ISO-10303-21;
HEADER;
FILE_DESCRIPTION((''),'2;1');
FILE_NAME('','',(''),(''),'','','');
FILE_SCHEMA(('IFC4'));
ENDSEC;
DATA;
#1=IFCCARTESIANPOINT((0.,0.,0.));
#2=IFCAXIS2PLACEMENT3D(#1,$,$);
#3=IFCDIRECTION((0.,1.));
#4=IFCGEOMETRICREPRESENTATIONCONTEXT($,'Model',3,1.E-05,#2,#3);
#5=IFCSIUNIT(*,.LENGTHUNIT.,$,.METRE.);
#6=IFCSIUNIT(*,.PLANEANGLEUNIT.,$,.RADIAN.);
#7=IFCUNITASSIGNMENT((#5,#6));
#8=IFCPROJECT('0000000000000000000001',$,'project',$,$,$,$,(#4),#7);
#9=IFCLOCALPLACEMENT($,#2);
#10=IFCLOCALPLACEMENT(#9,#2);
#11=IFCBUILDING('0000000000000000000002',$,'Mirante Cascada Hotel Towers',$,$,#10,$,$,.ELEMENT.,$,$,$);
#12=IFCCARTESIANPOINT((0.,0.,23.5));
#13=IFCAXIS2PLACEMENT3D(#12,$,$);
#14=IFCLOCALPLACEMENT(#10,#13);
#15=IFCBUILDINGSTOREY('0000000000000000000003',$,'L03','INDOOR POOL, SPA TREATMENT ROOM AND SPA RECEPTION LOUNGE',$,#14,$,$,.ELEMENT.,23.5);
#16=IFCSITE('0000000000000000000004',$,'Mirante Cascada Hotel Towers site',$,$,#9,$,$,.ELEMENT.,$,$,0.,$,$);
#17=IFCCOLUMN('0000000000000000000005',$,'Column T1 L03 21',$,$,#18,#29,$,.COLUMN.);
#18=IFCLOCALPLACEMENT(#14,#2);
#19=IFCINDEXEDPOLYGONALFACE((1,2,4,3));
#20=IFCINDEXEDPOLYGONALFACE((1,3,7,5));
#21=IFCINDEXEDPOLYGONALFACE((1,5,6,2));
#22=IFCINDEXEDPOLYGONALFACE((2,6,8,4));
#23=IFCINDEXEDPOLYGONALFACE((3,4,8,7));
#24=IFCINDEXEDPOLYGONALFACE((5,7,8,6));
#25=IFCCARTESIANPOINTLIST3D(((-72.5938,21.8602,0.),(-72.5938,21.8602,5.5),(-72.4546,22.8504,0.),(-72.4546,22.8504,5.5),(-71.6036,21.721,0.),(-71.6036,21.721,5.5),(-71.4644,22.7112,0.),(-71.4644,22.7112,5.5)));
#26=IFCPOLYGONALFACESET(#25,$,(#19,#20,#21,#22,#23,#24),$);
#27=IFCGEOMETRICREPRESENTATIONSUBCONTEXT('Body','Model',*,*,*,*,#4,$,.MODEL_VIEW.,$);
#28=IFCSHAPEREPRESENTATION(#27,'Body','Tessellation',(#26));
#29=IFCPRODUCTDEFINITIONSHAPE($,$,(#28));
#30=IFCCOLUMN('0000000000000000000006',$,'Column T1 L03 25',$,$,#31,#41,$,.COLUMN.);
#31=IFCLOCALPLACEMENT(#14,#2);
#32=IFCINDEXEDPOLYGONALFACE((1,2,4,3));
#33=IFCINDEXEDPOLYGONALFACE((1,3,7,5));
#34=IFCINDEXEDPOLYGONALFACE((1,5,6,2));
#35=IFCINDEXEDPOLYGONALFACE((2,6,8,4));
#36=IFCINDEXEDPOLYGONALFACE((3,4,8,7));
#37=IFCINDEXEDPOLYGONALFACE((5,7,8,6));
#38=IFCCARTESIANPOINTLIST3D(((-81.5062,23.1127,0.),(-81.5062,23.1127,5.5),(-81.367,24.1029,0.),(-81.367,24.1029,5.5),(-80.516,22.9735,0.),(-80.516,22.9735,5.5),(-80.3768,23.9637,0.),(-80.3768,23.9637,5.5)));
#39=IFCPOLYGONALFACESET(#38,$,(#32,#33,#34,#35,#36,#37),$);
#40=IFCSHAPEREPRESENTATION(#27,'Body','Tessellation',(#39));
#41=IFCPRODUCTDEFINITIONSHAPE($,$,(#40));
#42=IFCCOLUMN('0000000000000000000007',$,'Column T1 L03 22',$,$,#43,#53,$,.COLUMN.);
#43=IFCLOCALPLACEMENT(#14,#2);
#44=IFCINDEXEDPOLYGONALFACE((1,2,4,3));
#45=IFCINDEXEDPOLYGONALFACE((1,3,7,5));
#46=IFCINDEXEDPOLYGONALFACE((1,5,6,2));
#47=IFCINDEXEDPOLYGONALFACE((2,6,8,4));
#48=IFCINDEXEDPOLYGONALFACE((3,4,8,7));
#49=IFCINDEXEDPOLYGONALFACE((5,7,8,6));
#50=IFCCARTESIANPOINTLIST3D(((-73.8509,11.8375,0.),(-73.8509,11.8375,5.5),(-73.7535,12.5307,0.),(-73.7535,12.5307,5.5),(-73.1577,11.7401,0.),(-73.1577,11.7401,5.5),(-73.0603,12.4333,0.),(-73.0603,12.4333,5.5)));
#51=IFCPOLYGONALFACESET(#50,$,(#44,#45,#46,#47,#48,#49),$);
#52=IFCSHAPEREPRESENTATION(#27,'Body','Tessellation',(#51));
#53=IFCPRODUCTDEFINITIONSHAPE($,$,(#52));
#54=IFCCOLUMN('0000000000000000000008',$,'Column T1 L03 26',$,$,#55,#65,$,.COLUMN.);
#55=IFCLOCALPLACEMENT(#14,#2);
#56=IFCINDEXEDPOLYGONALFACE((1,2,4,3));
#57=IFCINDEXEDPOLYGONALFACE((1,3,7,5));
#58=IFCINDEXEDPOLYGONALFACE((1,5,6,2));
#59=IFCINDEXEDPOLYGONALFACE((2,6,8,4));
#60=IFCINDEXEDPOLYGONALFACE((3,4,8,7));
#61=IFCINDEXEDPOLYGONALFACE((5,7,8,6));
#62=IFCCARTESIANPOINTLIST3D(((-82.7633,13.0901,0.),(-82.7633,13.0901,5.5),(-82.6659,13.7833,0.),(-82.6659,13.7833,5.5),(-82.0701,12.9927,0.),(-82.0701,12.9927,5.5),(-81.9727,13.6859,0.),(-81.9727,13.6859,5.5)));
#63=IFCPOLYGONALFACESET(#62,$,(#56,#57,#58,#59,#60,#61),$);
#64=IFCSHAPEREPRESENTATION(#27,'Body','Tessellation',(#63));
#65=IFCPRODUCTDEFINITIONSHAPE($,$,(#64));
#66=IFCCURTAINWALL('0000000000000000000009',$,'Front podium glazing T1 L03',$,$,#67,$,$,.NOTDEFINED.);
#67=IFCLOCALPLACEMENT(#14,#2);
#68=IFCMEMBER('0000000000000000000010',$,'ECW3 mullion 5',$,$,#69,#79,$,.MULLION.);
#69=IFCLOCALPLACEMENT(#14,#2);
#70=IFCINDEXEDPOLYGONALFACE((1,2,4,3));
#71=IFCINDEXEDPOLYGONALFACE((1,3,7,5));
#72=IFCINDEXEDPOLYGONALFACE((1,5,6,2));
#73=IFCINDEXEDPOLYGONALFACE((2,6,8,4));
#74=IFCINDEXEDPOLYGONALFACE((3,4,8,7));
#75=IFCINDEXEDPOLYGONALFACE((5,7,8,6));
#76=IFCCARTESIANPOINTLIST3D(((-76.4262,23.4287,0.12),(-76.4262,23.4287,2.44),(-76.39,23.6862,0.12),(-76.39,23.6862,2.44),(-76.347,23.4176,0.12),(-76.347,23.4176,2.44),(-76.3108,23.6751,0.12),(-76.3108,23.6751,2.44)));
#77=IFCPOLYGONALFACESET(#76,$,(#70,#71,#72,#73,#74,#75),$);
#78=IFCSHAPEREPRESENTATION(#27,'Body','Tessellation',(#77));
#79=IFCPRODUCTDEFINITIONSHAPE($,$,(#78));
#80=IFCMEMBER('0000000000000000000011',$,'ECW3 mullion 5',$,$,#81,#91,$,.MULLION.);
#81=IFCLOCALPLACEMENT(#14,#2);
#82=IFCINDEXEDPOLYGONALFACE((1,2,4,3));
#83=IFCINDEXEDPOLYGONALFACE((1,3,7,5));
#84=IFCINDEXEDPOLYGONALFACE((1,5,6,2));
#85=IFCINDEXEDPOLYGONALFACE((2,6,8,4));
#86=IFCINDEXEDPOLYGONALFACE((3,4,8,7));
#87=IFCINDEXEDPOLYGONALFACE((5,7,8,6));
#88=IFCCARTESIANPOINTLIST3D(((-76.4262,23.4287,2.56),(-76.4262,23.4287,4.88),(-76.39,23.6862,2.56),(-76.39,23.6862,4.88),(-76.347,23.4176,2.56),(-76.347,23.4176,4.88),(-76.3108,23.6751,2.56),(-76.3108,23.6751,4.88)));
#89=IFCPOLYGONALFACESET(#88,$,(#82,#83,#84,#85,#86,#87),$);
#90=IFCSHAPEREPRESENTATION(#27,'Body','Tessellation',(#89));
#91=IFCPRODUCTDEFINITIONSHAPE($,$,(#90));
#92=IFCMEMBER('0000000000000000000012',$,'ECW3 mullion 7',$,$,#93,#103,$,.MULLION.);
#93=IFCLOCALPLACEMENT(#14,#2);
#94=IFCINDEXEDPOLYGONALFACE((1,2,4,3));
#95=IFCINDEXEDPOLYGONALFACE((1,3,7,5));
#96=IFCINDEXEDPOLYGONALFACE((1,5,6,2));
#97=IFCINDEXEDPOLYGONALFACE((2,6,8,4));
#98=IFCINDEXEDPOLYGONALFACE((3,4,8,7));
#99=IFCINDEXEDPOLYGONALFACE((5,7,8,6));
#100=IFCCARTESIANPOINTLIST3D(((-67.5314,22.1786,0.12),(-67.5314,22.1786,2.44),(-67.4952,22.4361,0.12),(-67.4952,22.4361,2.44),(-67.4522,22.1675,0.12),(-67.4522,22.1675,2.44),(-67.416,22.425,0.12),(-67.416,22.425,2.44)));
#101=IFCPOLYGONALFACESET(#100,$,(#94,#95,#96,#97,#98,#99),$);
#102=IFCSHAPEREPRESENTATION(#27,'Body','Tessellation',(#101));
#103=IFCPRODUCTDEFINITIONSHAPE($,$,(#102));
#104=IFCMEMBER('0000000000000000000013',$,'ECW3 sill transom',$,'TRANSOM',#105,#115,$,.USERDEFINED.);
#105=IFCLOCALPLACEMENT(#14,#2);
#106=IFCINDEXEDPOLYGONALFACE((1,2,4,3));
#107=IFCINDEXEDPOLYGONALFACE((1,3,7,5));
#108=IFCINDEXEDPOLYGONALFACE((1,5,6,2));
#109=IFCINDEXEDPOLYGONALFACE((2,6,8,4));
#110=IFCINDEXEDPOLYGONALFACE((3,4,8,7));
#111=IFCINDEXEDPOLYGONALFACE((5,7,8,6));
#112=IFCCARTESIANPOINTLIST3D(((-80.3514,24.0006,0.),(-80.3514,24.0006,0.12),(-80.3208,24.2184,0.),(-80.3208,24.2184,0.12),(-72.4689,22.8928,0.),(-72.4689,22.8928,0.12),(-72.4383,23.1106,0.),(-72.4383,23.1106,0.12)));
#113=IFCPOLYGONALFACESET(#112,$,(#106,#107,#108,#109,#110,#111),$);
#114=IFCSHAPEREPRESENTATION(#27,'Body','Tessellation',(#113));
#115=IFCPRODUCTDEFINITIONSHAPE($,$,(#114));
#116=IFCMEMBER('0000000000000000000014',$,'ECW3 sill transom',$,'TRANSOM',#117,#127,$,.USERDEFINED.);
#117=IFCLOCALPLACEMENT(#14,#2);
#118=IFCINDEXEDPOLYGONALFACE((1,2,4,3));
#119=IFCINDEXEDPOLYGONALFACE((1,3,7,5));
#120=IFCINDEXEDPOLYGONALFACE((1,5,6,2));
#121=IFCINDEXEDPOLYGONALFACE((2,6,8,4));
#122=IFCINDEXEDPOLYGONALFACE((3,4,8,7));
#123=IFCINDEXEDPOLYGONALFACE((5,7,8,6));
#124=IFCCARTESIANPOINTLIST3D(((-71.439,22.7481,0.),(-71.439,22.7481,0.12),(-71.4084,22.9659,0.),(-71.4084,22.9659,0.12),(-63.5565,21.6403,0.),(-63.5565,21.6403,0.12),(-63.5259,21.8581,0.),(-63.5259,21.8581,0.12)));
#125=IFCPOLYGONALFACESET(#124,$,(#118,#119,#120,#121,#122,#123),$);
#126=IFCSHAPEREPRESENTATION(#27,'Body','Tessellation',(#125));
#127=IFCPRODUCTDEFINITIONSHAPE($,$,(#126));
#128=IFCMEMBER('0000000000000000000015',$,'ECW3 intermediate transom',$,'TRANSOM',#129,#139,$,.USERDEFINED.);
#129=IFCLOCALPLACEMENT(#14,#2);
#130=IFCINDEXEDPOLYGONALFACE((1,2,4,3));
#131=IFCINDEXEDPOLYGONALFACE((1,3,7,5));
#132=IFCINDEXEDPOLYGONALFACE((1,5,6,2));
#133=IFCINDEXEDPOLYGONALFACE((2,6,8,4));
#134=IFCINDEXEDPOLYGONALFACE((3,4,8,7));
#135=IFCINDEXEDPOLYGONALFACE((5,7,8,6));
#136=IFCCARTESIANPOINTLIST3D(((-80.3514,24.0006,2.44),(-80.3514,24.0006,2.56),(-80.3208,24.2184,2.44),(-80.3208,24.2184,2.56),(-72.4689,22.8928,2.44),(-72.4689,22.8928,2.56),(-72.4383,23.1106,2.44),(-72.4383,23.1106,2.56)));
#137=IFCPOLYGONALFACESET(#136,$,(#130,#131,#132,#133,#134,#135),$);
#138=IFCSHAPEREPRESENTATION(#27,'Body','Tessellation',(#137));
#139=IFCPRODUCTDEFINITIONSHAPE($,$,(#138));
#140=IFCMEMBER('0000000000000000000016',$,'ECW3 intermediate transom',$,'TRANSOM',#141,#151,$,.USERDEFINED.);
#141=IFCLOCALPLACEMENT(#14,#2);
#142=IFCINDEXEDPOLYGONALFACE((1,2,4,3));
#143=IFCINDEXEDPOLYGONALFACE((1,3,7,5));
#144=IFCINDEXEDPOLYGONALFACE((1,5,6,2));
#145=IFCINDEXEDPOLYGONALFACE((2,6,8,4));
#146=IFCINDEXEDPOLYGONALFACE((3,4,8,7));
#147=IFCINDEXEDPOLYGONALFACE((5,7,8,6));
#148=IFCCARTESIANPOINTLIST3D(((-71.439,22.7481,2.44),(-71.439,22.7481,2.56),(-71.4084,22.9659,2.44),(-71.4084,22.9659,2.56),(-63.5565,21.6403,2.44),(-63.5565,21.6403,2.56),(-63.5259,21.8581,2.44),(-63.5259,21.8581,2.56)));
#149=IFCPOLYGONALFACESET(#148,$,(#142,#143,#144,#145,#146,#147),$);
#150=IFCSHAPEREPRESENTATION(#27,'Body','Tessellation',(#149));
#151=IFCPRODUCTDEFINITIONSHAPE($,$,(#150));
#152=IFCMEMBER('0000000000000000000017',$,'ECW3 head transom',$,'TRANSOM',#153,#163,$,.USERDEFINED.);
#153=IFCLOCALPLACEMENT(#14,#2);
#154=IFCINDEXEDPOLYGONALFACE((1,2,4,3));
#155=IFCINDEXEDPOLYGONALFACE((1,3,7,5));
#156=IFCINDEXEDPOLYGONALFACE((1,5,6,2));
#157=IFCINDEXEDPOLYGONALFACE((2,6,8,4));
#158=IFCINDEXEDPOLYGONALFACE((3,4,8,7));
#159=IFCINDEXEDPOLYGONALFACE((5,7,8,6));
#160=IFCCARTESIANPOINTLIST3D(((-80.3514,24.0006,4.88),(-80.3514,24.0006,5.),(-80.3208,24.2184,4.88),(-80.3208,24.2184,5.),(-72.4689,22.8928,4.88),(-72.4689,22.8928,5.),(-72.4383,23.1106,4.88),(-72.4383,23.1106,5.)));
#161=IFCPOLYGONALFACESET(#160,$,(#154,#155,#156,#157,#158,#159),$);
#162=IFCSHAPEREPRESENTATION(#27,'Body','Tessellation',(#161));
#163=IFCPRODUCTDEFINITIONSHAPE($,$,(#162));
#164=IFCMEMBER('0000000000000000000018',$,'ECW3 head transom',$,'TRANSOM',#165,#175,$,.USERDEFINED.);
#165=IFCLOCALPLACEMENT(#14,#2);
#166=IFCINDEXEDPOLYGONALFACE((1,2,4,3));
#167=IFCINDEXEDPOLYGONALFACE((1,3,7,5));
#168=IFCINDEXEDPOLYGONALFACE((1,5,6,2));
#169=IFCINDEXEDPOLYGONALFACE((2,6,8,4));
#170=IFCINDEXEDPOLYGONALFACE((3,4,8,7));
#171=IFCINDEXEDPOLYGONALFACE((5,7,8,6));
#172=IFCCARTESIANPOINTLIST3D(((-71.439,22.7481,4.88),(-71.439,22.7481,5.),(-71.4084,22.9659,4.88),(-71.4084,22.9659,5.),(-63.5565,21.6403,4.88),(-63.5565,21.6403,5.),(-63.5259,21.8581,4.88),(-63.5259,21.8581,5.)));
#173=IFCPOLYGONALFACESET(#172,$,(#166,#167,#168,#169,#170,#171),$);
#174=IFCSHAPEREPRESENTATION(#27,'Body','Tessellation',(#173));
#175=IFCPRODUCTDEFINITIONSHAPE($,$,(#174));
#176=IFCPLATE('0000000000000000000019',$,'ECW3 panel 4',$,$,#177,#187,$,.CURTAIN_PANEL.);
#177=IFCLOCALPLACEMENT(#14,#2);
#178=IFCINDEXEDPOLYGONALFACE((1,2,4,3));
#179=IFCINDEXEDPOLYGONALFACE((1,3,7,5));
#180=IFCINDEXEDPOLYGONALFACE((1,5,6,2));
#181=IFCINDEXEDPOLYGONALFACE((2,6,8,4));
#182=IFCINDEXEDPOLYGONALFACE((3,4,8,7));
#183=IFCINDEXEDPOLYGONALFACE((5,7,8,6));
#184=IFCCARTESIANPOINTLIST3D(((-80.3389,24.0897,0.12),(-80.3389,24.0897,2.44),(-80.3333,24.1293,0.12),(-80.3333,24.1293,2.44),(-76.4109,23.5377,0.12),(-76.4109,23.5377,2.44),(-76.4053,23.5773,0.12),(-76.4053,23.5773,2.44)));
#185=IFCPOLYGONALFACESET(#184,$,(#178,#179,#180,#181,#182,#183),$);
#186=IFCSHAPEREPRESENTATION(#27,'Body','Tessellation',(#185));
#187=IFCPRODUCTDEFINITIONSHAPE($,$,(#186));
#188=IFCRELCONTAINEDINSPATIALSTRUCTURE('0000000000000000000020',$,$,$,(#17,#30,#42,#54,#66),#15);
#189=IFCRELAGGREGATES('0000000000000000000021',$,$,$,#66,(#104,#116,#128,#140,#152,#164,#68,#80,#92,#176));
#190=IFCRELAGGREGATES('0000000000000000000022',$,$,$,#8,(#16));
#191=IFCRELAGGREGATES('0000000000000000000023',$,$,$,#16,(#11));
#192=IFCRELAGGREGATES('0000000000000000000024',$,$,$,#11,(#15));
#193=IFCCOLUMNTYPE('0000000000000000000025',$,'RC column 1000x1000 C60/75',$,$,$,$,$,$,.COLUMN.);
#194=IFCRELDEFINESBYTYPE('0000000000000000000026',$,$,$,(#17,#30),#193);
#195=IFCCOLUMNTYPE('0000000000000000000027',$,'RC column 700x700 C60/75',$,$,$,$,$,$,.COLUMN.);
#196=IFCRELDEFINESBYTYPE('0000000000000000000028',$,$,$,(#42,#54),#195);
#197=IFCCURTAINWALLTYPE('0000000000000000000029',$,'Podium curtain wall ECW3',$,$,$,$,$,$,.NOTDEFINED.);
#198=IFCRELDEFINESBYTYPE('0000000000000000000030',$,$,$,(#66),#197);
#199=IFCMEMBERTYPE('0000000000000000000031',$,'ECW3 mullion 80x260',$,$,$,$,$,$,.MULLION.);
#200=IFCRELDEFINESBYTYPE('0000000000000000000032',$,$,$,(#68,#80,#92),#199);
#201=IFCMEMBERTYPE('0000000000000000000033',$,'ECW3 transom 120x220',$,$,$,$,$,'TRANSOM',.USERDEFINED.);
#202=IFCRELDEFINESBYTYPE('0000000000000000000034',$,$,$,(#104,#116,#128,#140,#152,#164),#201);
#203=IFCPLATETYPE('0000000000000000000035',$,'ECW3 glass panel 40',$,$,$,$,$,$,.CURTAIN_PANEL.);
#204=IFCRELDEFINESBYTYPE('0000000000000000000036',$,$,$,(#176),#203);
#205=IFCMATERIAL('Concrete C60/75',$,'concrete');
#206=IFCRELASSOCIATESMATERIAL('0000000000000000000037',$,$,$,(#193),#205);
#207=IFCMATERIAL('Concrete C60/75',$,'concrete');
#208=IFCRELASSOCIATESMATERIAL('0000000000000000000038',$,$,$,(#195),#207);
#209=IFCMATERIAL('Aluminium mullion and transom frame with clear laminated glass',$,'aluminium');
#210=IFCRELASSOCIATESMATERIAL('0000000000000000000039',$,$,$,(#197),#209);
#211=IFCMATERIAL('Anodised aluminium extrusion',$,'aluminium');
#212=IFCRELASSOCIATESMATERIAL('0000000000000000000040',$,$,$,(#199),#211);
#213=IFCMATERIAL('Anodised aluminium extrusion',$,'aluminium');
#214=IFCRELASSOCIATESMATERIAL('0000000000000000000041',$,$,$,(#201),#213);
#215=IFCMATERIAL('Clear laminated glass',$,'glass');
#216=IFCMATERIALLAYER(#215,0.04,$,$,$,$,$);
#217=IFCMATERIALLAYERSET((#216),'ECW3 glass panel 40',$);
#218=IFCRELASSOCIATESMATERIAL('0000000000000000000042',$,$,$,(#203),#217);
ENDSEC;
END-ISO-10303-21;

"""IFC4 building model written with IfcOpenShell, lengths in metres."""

from ifc_helpers import new_model, si_unit, direction, frame, origin, origin_2d, place, context, subcontext, project, spatial, rectangle, extrude, material, layer, layer_set, material_profile, profile_set, type_object, element, aggregate, save


model = new_model("IFC4")

# Units and contexts
model_context = context("Model", 3, precision=1e-05, world=origin(), true_north=direction((0.0, 1.0)))
body_context = subcontext(model_context, "Body", "Model", "MODEL_VIEW")
ifc_project = project(units=[si_unit("LENGTHUNIT", "METRE"), si_unit("PLANEANGLEUNIT", "RADIAN")], contexts=[model_context])

# Site, building, storey
site_placement = place(None, origin())
site = spatial("IfcSite", under=ifc_project, at=site_placement, Name="Mirante Cascada Hotel Towers site", CompositionType="ELEMENT", RefElevation=0.0)
building_placement = place(site_placement, origin())
building = spatial("IfcBuilding", under=site, at=building_placement, Name="Mirante Cascada Hotel Towers", CompositionType="ELEMENT")
storey_placement = place(building_placement, frame((0.0, 0.0, 23.5)))
storey = spatial("IfcBuildingStorey", under=building, at=storey_placement, Name="L03", Description="INDOOR POOL, SPA TREATMENT ROOM AND SPA RECEPTION LOUNGE", CompositionType="ELEMENT", Elevation=23.5)

# Columns
ifc_material_1 = material(Name="Concrete C60/75", Category="concrete")
ifc_material_profile_1 = material_profile(ifc_material_1, rectangle(XDim=1.0, YDim=1.0, at=origin_2d()), Name="RC column 1000x1000 C60/75")
ifc_profile_set_1 = profile_set([ifc_material_profile_1], Name="Concrete C60/75")
column_type_1 = type_object("IfcColumnType", Name="RC column 1000x1000 C60/75", PredefinedType="COLUMN", material=ifc_profile_set_1)
for number, where, z_axis, x_axis, name in (
    (1, (-72.0291, 22.2857, 0.0), (0.0, 0.0, 1.0), (-0.990268, 0.139173, 0.0), "Column T1 L03 21"),
    (2, (-80.9415, 23.5382, 0.0), (0.0, 0.0, 1.0), (-0.990268, 0.139173, 0.0), "Column T1 L03 25"),
):
    element("IfcColumn", number, at=place(storey_placement, frame(where, z_axis=z_axis, x_axis=x_axis)), inside=storey, type_object=column_type_1, Name=name, PredefinedType="COLUMN", context=body_context, shape_type="SweptSolid", body=[
        extrude(rectangle(XDim=1.0, YDim=1.0, at=origin_2d()), origin(), (0.0, 0.0, 1.0), 5.5),
    ])
ifc_material_2 = material(Name="Concrete C60/75", Category="concrete")
ifc_material_profile_2 = material_profile(ifc_material_2, rectangle(XDim=0.7, YDim=0.7, at=origin_2d()), Name="RC column 700x700 C60/75")
ifc_profile_set_2 = profile_set([ifc_material_profile_2], Name="Concrete C60/75")
column_type_2 = type_object("IfcColumnType", Name="RC column 700x700 C60/75", PredefinedType="COLUMN", material=ifc_profile_set_2)
for number, where, z_axis, x_axis, name in (
    (3, (-73.4556, 12.1354, 0.0), (0.0, 0.0, 1.0), (-0.990268, 0.139173, 0.0), "Column T1 L03 22"),
    (4, (-82.368, 13.388, 0.0), (0.0, 0.0, 1.0), (-0.990268, 0.139173, 0.0), "Column T1 L03 26"),
):
    element("IfcColumn", number, at=place(storey_placement, frame(where, z_axis=z_axis, x_axis=x_axis)), inside=storey, type_object=column_type_2, Name=name, PredefinedType="COLUMN", context=body_context, shape_type="SweptSolid", body=[
        extrude(rectangle(XDim=0.7, YDim=0.7, at=origin_2d()), origin(), (0.0, 0.0, 1.0), 5.5),
    ])

# Curtain wall, members, plate
ifc_material_3 = material(Name="Aluminium mullion and transom frame with clear laminated glass", Category="aluminium")
curtain_wall_type = type_object("IfcCurtainWallType", Name="Podium curtain wall ECW3", PredefinedType="NOTDEFINED", material=ifc_material_3)
curtain_wall_placement = place(storey_placement, origin())
curtain_wall = element("IfcCurtainWall", 5, at=curtain_wall_placement, inside=storey, type_object=curtain_wall_type, Name="Front podium glazing T1 L03", PredefinedType="NOTDEFINED")
ifc_material_4 = material(Name="Anodised aluminium extrusion", Category="aluminium")
ifc_material_profile_3 = material_profile(ifc_material_4, rectangle(XDim=0.26, YDim=0.08, at=origin_2d()), Name="ECW3 MULLION 80x260")
ifc_profile_set_3 = profile_set([ifc_material_profile_3], Name="Anodised aluminium extrusion")
member_type_1 = type_object("IfcMemberType", Name="ECW3 mullion 80x260", PredefinedType="MULLION", material=ifc_profile_set_3)
member_1_placement = place(storey_placement, frame((-76.3685, 23.5519, 0.12), z_axis=(0.0, 0.0, 1.0), x_axis=(0.139173, 0.990268, 0.0)))
member_1 = element("IfcMember", 6, at=member_1_placement, type_object=member_type_1, Name="ECW3 mullion 5", PredefinedType="MULLION", context=body_context, shape_type="SweptSolid", body=[
    extrude(rectangle(XDim=0.26, YDim=0.08, at=origin_2d()), origin(), (0.0, 0.0, 1.0), 2.32),
])
member_2_placement = place(storey_placement, frame((-76.3685, 23.5519, 2.56), z_axis=(0.0, 0.0, 1.0), x_axis=(0.139173, 0.990268, 0.0)))
member_2 = element("IfcMember", 7, at=member_2_placement, type_object=member_type_1, Name="ECW3 mullion 5", PredefinedType="MULLION", context=body_context, shape_type="SweptSolid", body=[
    extrude(rectangle(XDim=0.26, YDim=0.08, at=origin_2d()), origin(), (0.0, 0.0, 1.0), 2.32),
])
member_3_placement = place(storey_placement, frame((-67.4737, 22.3018, 0.12), z_axis=(0.0, 0.0, 1.0), x_axis=(0.139173, 0.990268, 0.0)))
member_3 = element("IfcMember", 8, at=member_3_placement, type_object=member_type_1, Name="ECW3 mullion 7", PredefinedType="MULLION", context=body_context, shape_type="SweptSolid", body=[
    extrude(rectangle(XDim=0.26, YDim=0.08, at=origin_2d()), origin(), (0.0, 0.0, 1.0), 2.32),
])
ifc_material_5 = material(Name="Anodised aluminium extrusion", Category="aluminium")
ifc_material_profile_4 = material_profile(ifc_material_5, rectangle(XDim=0.22, YDim=0.12, at=origin_2d()), Name="ECW3 TRANSOM 120x220")
ifc_profile_set_4 = profile_set([ifc_material_profile_4], Name="Anodised aluminium extrusion")
member_type_2 = type_object("IfcMemberType", Name="ECW3 transom 120x220", ElementType="TRANSOM", PredefinedType="USERDEFINED", material=ifc_profile_set_4)
member_4_placement = place(storey_placement, frame((-80.3361, 24.1095, 0.06), z_axis=(0.990268, -0.139172, 0.0), x_axis=(0.139172, 0.990268, 0.0)))
member_4 = element("IfcMember", 9, at=member_4_placement, type_object=member_type_2, Name="ECW3 sill transom", ObjectType="TRANSOM", PredefinedType="USERDEFINED", context=body_context, shape_type="SweptSolid", body=[
    extrude(rectangle(XDim=0.22, YDim=0.12, at=origin_2d()), origin(), (0.0, 0.0, 1.0), 7.96),
])
member_5_placement = place(storey_placement, frame((-71.4237, 22.857, 0.06), z_axis=(0.990268, -0.139172, 0.0), x_axis=(0.139172, 0.990268, 0.0)))
member_5 = element("IfcMember", 10, at=member_5_placement, type_object=member_type_2, Name="ECW3 sill transom", ObjectType="TRANSOM", PredefinedType="USERDEFINED", context=body_context, shape_type="SweptSolid", body=[
    extrude(rectangle(XDim=0.22, YDim=0.12, at=origin_2d()), origin(), (0.0, 0.0, 1.0), 7.96),
])
member_6_placement = place(storey_placement, frame((-80.3361, 24.1095, 2.5), z_axis=(0.990268, -0.139172, 0.0), x_axis=(0.139172, 0.990268, 0.0)))
member_6 = element("IfcMember", 11, at=member_6_placement, type_object=member_type_2, Name="ECW3 intermediate transom", ObjectType="TRANSOM", PredefinedType="USERDEFINED", context=body_context, shape_type="SweptSolid", body=[
    extrude(rectangle(XDim=0.22, YDim=0.12, at=origin_2d()), origin(), (0.0, 0.0, 1.0), 7.96),
])
member_7_placement = place(storey_placement, frame((-71.4237, 22.857, 2.5), z_axis=(0.990268, -0.139172, 0.0), x_axis=(0.139172, 0.990268, 0.0)))
member_7 = element("IfcMember", 12, at=member_7_placement, type_object=member_type_2, Name="ECW3 intermediate transom", ObjectType="TRANSOM", PredefinedType="USERDEFINED", context=body_context, shape_type="SweptSolid", body=[
    extrude(rectangle(XDim=0.22, YDim=0.12, at=origin_2d()), origin(), (0.0, 0.0, 1.0), 7.96),
])
member_8_placement = place(storey_placement, frame((-80.3361, 24.1095, 4.94), z_axis=(0.990268, -0.139172, 0.0), x_axis=(0.139172, 0.990268, 0.0)))
member_8 = element("IfcMember", 13, at=member_8_placement, type_object=member_type_2, Name="ECW3 head transom", ObjectType="TRANSOM", PredefinedType="USERDEFINED", context=body_context, shape_type="SweptSolid", body=[
    extrude(rectangle(XDim=0.22, YDim=0.12, at=origin_2d()), origin(), (0.0, 0.0, 1.0), 7.96),
])
member_9_placement = place(storey_placement, frame((-71.4237, 22.857, 4.94), z_axis=(0.990268, -0.139172, 0.0), x_axis=(0.139172, 0.990268, 0.0)))
member_9 = element("IfcMember", 14, at=member_9_placement, type_object=member_type_2, Name="ECW3 head transom", ObjectType="TRANSOM", PredefinedType="USERDEFINED", context=body_context, shape_type="SweptSolid", body=[
    extrude(rectangle(XDim=0.22, YDim=0.12, at=origin_2d()), origin(), (0.0, 0.0, 1.0), 7.96),
])
ifc_material_6 = material(Name="Clear laminated glass", Category="glass")
ifc_layer_1 = layer(ifc_material_6, 0.04)
ifc_layer_set_1 = layer_set([ifc_layer_1], Name="ECW3 glass panel 40")
plate_type = type_object("IfcPlateType", Name="ECW3 glass panel 40", PredefinedType="CURTAIN_PANEL", material=ifc_layer_set_1)
plate_1_placement = place(storey_placement, frame((-78.3721, 23.8335, 0.12), z_axis=(0.0, 0.0, 1.0), x_axis=(0.990268, -0.139173, 0.0)))
plate_1 = element("IfcPlate", 15, at=plate_1_placement, type_object=plate_type, Name="ECW3 panel 4", PredefinedType="CURTAIN_PANEL", context=body_context, shape_type="SweptSolid", body=[
    extrude(rectangle(XDim=3.9666, YDim=0.04, at=origin_2d()), origin(), (0.0, 0.0, 1.0), 2.32),
])
aggregate(curtain_wall, [member_4, member_5, member_6, member_7, member_8, member_9, member_1, member_2, member_3, plate_1])

save(model, "model.ifc")
